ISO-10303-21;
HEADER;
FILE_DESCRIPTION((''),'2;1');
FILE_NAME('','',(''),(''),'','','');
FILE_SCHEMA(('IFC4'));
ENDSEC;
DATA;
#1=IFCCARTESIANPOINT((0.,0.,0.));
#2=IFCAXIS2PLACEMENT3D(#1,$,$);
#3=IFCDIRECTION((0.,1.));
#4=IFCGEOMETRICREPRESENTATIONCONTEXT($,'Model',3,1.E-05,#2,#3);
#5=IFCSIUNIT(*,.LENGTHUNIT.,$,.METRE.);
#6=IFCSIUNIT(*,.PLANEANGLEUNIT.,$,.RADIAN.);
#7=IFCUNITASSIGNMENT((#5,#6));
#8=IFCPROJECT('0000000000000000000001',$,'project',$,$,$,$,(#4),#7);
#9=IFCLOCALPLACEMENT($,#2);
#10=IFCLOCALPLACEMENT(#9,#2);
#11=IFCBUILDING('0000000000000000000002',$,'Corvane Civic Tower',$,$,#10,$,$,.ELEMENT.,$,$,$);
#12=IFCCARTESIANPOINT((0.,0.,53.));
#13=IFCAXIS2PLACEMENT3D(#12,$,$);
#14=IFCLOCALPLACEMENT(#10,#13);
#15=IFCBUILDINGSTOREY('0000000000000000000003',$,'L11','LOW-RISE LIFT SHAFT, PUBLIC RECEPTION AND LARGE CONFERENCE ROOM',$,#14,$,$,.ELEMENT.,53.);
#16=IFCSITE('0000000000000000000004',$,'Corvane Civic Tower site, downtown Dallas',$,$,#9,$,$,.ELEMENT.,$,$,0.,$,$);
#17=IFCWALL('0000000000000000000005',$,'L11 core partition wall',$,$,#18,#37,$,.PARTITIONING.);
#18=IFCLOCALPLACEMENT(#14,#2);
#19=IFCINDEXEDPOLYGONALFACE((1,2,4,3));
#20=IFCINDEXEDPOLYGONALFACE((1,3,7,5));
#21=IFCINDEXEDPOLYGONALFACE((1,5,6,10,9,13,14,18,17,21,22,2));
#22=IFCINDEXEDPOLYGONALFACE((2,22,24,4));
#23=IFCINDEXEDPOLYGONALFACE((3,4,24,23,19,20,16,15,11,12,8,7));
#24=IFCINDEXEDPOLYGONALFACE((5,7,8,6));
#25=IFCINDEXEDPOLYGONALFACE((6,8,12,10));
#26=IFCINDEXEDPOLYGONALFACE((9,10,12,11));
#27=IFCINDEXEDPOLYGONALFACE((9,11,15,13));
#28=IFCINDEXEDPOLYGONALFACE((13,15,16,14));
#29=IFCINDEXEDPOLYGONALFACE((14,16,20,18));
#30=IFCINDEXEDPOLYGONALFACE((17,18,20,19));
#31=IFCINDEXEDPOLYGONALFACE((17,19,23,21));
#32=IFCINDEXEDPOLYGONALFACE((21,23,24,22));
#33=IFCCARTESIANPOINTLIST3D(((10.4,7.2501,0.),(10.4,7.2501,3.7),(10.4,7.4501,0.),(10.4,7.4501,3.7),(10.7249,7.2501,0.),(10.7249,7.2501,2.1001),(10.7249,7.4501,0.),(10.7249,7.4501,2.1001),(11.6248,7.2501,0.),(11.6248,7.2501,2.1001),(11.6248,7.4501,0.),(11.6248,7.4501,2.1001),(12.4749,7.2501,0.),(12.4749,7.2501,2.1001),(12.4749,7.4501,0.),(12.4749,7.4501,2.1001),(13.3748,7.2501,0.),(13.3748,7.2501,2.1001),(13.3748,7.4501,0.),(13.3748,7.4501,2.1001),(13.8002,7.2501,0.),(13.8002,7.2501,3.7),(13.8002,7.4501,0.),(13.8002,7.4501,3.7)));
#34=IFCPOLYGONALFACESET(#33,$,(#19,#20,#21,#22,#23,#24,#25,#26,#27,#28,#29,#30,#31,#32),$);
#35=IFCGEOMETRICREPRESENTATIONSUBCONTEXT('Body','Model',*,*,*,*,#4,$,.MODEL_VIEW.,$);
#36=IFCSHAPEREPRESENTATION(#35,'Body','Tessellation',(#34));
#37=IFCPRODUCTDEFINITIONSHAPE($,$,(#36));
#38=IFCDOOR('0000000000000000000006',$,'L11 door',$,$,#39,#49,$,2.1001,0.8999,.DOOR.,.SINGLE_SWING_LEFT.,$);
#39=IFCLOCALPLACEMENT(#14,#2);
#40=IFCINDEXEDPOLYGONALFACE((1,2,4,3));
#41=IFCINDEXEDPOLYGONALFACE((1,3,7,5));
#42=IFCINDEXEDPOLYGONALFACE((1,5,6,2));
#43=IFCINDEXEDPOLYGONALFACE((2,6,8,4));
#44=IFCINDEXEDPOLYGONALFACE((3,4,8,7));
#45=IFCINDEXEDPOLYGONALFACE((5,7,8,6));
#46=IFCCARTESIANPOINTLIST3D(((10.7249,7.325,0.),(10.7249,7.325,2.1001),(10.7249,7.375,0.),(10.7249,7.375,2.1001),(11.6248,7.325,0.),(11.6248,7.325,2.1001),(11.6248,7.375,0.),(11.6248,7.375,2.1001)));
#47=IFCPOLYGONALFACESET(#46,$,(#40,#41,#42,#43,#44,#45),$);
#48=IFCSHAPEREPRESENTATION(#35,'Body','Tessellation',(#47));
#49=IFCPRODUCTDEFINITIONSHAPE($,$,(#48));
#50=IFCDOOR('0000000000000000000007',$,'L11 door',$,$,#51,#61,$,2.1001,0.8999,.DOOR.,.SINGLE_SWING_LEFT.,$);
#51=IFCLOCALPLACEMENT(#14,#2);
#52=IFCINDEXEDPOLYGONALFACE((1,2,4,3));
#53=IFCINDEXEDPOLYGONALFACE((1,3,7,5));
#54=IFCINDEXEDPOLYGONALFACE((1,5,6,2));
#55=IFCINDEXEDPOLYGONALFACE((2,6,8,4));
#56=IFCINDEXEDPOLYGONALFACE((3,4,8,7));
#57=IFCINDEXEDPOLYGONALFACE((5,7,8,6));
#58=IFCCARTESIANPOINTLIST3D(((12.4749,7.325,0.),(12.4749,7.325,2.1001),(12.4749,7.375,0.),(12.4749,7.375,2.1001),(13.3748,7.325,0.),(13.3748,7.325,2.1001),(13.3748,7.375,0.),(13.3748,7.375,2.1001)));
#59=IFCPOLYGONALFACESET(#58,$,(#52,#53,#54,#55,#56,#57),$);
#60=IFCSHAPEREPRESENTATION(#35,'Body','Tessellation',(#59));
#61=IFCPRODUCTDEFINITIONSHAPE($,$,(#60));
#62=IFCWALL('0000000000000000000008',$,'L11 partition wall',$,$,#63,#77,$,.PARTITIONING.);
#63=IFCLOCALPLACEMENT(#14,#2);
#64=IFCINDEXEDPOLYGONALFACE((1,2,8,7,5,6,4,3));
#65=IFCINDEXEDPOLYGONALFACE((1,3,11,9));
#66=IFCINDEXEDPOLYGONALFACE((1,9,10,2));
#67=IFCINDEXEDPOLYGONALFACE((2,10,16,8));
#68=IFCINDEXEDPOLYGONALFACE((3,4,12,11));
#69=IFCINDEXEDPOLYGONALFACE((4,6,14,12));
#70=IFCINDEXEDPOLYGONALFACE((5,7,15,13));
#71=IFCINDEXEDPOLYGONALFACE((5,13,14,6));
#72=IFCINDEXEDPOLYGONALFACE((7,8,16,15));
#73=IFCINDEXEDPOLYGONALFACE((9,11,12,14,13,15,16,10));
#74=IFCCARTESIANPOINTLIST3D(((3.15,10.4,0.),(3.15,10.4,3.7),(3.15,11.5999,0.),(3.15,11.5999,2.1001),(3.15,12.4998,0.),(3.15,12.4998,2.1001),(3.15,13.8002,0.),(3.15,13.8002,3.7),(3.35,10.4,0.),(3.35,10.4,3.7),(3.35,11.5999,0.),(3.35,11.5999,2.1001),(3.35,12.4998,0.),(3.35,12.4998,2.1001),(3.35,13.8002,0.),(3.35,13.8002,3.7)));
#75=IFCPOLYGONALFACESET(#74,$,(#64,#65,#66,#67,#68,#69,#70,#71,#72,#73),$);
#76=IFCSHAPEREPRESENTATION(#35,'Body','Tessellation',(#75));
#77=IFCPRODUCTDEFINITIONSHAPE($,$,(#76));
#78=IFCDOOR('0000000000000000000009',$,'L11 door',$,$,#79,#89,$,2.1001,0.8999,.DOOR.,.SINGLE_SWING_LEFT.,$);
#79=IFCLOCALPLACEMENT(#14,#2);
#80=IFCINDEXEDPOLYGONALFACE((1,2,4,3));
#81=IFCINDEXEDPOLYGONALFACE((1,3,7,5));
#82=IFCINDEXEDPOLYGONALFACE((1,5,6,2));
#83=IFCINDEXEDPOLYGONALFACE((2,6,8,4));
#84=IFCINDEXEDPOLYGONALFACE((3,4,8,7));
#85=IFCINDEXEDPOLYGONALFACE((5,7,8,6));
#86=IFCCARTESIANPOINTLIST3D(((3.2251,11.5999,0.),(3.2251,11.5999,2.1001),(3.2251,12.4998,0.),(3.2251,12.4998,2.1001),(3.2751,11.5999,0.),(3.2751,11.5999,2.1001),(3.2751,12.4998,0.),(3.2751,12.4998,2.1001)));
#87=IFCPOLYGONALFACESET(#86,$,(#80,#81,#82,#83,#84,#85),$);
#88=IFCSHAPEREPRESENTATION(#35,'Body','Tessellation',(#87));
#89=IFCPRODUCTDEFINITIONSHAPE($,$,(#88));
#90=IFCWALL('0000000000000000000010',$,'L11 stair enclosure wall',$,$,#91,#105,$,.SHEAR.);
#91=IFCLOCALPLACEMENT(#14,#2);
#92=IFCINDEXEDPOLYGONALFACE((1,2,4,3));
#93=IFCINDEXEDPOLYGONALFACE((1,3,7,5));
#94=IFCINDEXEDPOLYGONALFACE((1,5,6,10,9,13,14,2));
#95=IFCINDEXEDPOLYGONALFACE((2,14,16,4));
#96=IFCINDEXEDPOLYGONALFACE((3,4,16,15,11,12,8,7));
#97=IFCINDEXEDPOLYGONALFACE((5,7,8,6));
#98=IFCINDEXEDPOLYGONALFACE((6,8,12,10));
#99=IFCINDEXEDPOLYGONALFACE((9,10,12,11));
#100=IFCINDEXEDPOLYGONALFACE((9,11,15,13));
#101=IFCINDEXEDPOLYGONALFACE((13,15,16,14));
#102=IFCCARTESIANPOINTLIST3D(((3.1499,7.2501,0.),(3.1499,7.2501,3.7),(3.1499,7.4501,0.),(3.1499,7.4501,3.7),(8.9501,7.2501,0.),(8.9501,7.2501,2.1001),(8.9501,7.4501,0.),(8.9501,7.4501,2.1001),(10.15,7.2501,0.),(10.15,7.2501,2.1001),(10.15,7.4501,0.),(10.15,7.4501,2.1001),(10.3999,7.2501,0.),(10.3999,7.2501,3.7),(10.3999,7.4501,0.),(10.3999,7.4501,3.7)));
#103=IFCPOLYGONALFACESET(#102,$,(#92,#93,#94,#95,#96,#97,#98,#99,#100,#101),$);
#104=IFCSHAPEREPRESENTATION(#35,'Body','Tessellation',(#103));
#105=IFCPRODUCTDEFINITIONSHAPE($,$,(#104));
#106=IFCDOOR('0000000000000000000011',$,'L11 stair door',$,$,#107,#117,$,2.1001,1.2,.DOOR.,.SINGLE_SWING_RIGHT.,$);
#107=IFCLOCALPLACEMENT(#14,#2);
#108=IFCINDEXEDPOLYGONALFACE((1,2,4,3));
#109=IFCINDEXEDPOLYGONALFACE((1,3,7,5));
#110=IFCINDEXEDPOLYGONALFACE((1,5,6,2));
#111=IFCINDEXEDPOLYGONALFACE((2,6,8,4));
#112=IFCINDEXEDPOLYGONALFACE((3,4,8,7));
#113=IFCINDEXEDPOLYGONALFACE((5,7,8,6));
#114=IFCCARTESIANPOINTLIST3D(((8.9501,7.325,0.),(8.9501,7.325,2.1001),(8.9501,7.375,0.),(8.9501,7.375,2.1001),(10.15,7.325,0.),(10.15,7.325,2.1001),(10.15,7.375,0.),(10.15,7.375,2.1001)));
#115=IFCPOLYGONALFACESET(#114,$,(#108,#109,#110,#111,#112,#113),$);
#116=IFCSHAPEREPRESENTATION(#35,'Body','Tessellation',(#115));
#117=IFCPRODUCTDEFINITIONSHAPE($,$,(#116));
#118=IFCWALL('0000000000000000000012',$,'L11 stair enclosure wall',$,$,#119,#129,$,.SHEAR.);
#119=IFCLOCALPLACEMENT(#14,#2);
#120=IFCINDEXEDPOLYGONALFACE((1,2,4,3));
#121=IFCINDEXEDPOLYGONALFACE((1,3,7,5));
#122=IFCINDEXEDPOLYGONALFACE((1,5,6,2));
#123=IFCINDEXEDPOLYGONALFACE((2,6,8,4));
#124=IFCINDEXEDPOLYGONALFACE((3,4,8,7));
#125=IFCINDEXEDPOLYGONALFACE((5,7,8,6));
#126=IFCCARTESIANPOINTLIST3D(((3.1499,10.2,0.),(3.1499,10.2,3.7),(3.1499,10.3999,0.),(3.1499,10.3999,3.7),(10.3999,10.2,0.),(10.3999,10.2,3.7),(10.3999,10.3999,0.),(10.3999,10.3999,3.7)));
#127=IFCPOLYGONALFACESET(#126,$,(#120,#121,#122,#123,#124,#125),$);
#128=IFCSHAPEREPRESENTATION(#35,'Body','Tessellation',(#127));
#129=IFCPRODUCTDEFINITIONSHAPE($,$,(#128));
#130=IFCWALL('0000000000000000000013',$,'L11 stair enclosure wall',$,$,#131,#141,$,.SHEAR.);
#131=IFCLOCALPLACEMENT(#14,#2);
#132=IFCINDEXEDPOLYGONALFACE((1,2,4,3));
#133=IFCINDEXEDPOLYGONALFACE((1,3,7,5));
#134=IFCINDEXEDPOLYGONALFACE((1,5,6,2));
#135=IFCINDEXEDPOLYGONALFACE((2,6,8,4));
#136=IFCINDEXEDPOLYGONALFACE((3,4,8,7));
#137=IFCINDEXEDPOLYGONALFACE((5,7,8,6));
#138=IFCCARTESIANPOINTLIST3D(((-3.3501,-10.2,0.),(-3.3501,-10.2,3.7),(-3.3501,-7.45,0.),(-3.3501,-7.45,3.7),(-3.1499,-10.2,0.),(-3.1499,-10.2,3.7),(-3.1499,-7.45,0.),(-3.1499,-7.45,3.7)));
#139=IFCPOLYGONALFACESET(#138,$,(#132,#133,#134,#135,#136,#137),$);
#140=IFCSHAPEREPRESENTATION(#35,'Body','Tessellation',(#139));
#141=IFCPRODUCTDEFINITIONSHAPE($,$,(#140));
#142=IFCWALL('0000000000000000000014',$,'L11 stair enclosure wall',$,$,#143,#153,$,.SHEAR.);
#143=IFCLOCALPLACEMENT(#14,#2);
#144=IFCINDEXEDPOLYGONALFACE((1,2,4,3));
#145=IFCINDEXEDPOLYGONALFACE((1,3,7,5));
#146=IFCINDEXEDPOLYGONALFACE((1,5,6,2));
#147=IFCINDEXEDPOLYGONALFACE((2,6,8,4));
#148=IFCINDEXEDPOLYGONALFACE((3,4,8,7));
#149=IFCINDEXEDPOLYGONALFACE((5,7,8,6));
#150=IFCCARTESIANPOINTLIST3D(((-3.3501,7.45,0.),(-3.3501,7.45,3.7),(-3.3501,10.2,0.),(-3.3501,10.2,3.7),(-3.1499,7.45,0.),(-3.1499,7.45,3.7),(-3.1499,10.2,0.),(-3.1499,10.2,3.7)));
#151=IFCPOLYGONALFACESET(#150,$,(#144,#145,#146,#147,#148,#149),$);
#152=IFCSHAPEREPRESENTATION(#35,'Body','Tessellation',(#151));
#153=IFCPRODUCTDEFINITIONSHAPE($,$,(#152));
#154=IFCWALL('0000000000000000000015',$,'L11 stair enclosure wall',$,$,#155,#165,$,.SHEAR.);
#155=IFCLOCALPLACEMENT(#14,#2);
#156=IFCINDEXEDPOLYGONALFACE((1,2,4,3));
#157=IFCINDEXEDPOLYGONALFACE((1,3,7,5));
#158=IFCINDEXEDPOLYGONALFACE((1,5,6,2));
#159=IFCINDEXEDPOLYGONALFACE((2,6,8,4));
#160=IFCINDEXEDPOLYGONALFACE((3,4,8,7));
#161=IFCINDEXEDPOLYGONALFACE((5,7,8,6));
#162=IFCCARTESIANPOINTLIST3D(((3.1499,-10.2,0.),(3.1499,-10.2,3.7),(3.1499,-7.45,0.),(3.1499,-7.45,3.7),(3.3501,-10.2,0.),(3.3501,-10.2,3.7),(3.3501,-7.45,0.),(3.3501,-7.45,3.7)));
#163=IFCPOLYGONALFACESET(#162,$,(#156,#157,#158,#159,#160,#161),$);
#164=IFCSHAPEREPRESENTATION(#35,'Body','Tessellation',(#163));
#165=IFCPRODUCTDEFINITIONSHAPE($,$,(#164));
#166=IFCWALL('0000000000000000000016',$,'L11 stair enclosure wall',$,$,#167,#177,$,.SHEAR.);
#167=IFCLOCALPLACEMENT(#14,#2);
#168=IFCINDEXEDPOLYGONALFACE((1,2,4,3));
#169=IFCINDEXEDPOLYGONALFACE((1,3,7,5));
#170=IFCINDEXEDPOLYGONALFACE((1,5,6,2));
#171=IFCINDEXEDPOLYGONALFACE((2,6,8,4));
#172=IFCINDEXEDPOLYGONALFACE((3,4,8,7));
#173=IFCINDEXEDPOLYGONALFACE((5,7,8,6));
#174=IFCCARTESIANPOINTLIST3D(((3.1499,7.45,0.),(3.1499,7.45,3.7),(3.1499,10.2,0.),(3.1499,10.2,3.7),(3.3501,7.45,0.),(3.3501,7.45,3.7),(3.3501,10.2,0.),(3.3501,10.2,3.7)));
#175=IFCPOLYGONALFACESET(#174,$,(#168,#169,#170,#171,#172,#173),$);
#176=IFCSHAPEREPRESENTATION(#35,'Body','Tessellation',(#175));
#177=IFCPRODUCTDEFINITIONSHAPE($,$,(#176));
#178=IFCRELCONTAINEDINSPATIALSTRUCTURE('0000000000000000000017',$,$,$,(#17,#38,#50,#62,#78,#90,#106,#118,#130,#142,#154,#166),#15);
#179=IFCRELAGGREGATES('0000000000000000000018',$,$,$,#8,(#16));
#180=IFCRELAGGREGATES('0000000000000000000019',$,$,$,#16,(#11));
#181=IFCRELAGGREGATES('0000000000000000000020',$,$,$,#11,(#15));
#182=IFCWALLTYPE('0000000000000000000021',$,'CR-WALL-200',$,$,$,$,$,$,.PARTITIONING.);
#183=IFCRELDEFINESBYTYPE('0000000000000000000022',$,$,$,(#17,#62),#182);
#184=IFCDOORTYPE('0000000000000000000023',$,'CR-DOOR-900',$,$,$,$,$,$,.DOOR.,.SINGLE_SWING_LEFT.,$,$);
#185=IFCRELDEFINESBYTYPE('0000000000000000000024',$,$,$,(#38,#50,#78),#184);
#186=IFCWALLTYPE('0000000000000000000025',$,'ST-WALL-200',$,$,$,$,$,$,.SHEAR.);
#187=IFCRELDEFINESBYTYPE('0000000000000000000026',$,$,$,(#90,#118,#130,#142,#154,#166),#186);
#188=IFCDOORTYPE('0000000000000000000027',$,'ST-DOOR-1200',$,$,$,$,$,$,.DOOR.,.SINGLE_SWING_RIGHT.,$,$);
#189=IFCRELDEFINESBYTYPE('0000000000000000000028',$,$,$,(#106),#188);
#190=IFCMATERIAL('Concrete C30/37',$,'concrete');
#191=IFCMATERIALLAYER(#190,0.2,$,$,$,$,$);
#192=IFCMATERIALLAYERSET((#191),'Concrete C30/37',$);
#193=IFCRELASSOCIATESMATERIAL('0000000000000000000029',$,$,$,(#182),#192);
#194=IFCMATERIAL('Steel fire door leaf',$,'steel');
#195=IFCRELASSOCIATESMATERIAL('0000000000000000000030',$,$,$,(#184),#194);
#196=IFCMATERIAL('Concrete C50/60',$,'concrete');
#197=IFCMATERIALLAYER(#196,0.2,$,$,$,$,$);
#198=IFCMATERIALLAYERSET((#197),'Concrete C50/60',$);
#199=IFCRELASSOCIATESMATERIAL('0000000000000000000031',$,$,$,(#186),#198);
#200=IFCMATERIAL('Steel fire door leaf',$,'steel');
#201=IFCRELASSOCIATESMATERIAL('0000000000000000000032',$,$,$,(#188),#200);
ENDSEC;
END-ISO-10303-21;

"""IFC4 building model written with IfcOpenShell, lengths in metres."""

from ifc_helpers import new_model, si_unit, direction, frame, frame_2d, origin, place, context, subcontext, project, spatial, polyline, rectangle, outline, extrude, material, layer, layer_set, type_object, element, fill, save


model = new_model("IFC4")

# Units and contexts
model_context = context("Model", 3, precision=1e-05, world=origin(), true_north=direction((0.0, 1.0)))
body_context = subcontext(model_context, "Body", "Model", "MODEL_VIEW")
ifc_project = project(units=[si_unit("LENGTHUNIT", "METRE"), si_unit("PLANEANGLEUNIT", "RADIAN")], contexts=[model_context])

# Site, building, storey
site_placement = place(None, origin())
site = spatial("IfcSite", under=ifc_project, at=site_placement, Name="Corvane Civic Tower site, downtown Dallas", CompositionType="ELEMENT", RefElevation=0.0)
building_placement = place(site_placement, origin())
building = spatial("IfcBuilding", under=site, at=building_placement, Name="Corvane Civic Tower", CompositionType="ELEMENT")
storey_placement = place(building_placement, frame((0.0, 0.0, 53.0)))
storey = spatial("IfcBuildingStorey", under=building, at=storey_placement, Name="L11", Description="LOW-RISE LIFT SHAFT, PUBLIC RECEPTION AND LARGE CONFERENCE ROOM", CompositionType="ELEMENT", Elevation=53.0)

# Wall, openings, doors
ifc_material_1 = material(Name="Concrete C30/37", Category="concrete")
ifc_layer_1 = layer(ifc_material_1, 0.2)
ifc_layer_set_1 = layer_set([ifc_layer_1], Name="Concrete C30/37")
wall_type_1 = type_object("IfcWallType", Name="CR-WALL-200", PredefinedType="PARTITIONING", material=ifc_layer_set_1)
wall_1_placement = place(storey_placement, frame((10.3999, 7.3501, 0.0), z_axis=(0.0, 0.0, 1.0), x_axis=(1.0, 0.0, 0.0)))
wall_1 = element("IfcWall", 1, at=wall_1_placement, inside=storey, type_object=wall_type_1, Name="L11 core partition wall", PredefinedType="PARTITIONING", context=body_context, shape_type="SweptSolid", body=[
    extrude(rectangle(XDim=3.4001, YDim=0.2, at=frame_2d((1.7002, 0.0))), origin(), (0.0, 0.0, 1.0), 3.7),
])
opening_1_placement = place(wall_1_placement, frame((0.325, 0.0, 0.0)))
opening_1 = element("IfcOpeningElement", 2, at=opening_1_placement, cuts=wall_1, PredefinedType="OPENING", context=body_context, shape_type="SweptSolid", body=[
    extrude(rectangle(XDim=0.8999, YDim=2.1001, at=frame_2d((0.45, 1.05))), frame((0.0, 0.1099, 0.0), z_axis=(0.0, -1.0, 0.0), x_axis=(1.0, 0.0, 0.0)), (0.0, 0.0, 1.0), 0.22),
])
opening_2_placement = place(wall_1_placement, frame((2.075, 0.0, 0.0)))
opening_2 = element("IfcOpeningElement", 3, at=opening_2_placement, cuts=wall_1, PredefinedType="OPENING", context=body_context, shape_type="SweptSolid", body=[
    extrude(rectangle(XDim=0.8999, YDim=2.1001, at=frame_2d((0.45, 1.05))), frame((0.0, 0.1099, 0.0), z_axis=(0.0, -1.0, 0.0), x_axis=(1.0, 0.0, 0.0)), (0.0, 0.0, 1.0), 0.22),
])
ifc_material_2 = material(Name="Steel fire door leaf", Category="steel")
door_type_1 = type_object("IfcDoorType", Name="CR-DOOR-900", OperationType="SINGLE_SWING_LEFT", PredefinedType="DOOR", material=ifc_material_2)
door_1_placement = place(opening_1_placement, origin())
door_1 = element("IfcDoor", 4, at=door_1_placement, inside=storey, type_object=door_type_1, Name="L11 door", OperationType="SINGLE_SWING_LEFT", OverallHeight=2.1001, OverallWidth=0.8999, PredefinedType="DOOR", context=body_context, shape_type="SweptSolid", body=[
    extrude(rectangle(XDim=0.8999, YDim=2.1001, at=frame_2d((0.45, 1.05))), frame((0.0, 0.0249, 0.0), z_axis=(0.0, -1.0, 0.0), x_axis=(1.0, 0.0, 0.0)), (0.0, 0.0, 1.0), 0.05),
])
fill(opening_1, door_1)
door_2_placement = place(opening_2_placement, origin())
door_2 = element("IfcDoor", 5, at=door_2_placement, inside=storey, type_object=door_type_1, Name="L11 door", OperationType="SINGLE_SWING_LEFT", OverallHeight=2.1001, OverallWidth=0.8999, PredefinedType="DOOR", context=body_context, shape_type="SweptSolid", body=[
    extrude(rectangle(XDim=0.8999, YDim=2.1001, at=frame_2d((0.45, 1.05))), frame((0.0, 0.0249, 0.0), z_axis=(0.0, -1.0, 0.0), x_axis=(1.0, 0.0, 0.0)), (0.0, 0.0, 1.0), 0.05),
])
fill(opening_2, door_2)

# Walls, openings, doors
wall_2_placement = place(storey_placement, frame((3.25, 10.3999, 0.0), z_axis=(0.0, 0.0, 1.0), x_axis=(0.0, 1.0, 0.0)))
wall_2 = element("IfcWall", 6, at=wall_2_placement, inside=storey, type_object=wall_type_1, Name="L11 partition wall", PredefinedType="PARTITIONING", context=body_context, shape_type="SweptSolid", body=[
    extrude(rectangle(XDim=3.4001, YDim=0.2, at=frame_2d((1.7002, 0.0))), origin(), (0.0, 0.0, 1.0), 3.7),
])
opening_3_placement = place(wall_2_placement, frame((1.2, 0.0, 0.0)))
opening_3 = element("IfcOpeningElement", 7, at=opening_3_placement, cuts=wall_2, PredefinedType="OPENING", context=body_context, shape_type="SweptSolid", body=[
    extrude(rectangle(XDim=0.8999, YDim=2.1001, at=frame_2d((0.45, 1.05))), frame((0.0, 0.1099, 0.0), z_axis=(0.0, -1.0, 0.0), x_axis=(1.0, 0.0, 0.0)), (0.0, 0.0, 1.0), 0.22),
])
door_3_placement = place(opening_3_placement, origin())
door_3 = element("IfcDoor", 8, at=door_3_placement, inside=storey, type_object=door_type_1, Name="L11 door", OperationType="SINGLE_SWING_LEFT", OverallHeight=2.1001, OverallWidth=0.8999, PredefinedType="DOOR", context=body_context, shape_type="SweptSolid", body=[
    extrude(rectangle(XDim=0.8999, YDim=2.1001, at=frame_2d((0.45, 1.05))), frame((0.0, 0.0249, 0.0), z_axis=(0.0, -1.0, 0.0), x_axis=(1.0, 0.0, 0.0)), (0.0, 0.0, 1.0), 0.05),
])
fill(opening_3, door_3)
ifc_material_3 = material(Name="Concrete C50/60", Category="concrete")
ifc_layer_2 = layer(ifc_material_3, 0.2)
ifc_layer_set_2 = layer_set([ifc_layer_2], Name="Concrete C50/60")
wall_type_2 = type_object("IfcWallType", Name="ST-WALL-200", PredefinedType="SHEAR", material=ifc_layer_set_2)
wall_3_placement = place(storey_placement, frame((3.1499, 7.3501, 0.0), z_axis=(0.0, 0.0, 1.0), x_axis=(1.0, 0.0, 0.0)))
wall_3 = element("IfcWall", 9, at=wall_3_placement, inside=storey, type_object=wall_type_2, Name="L11 stair enclosure wall", PredefinedType="SHEAR", context=body_context, shape_type="SweptSolid", body=[
    extrude(rectangle(XDim=7.25, YDim=0.2, at=frame_2d((3.625, 0.0))), origin(), (0.0, 0.0, 1.0), 3.7),
])
opening_4_placement = place(wall_3_placement, frame((5.8, 0.0, 0.0)))
opening_4 = element("IfcOpeningElement", 10, at=opening_4_placement, cuts=wall_3, PredefinedType="OPENING", context=body_context, shape_type="SweptSolid", body=[
    extrude(rectangle(XDim=1.2, YDim=2.1001, at=frame_2d((0.6001, 1.05))), frame((0.0, 0.1099, 0.0), z_axis=(0.0, -1.0, 0.0), x_axis=(1.0, 0.0, 0.0)), (0.0, 0.0, 1.0), 0.22),
])
ifc_material_4 = material(Name="Steel fire door leaf", Category="steel")
door_type_2 = type_object("IfcDoorType", Name="ST-DOOR-1200", OperationType="SINGLE_SWING_RIGHT", PredefinedType="DOOR", material=ifc_material_4)
door_4_placement = place(opening_4_placement, origin())
door_4 = element("IfcDoor", 11, at=door_4_placement, inside=storey, type_object=door_type_2, Name="L11 stair door", OperationType="SINGLE_SWING_RIGHT", OverallHeight=2.1001, OverallWidth=1.2, PredefinedType="DOOR", context=body_context, shape_type="SweptSolid", body=[
    extrude(rectangle(XDim=1.2, YDim=2.1001, at=frame_2d((0.6001, 1.05))), frame((0.0, 0.0249, 0.0), z_axis=(0.0, -1.0, 0.0), x_axis=(1.0, 0.0, 0.0)), (0.0, 0.0, 1.0), 0.05),
])
fill(opening_4, door_4)

# Walls
wall_4_placement = place(storey_placement, origin())
element("IfcWall", 12, at=wall_4_placement, inside=storey, type_object=wall_type_2, Name="L11 stair enclosure wall", PredefinedType="SHEAR", context=body_context, shape_type="SweptSolid", body=[
    extrude(outline(polyline([(10.3999, 10.2), (3.1499, 10.2), (3.1499, 10.3999), (10.3999, 10.3999), (10.3999, 10.2)])), origin(), (0.0, 0.0, 1.0), 3.7),
])
wall_5_placement = place(storey_placement, origin())
element("IfcWall", 13, at=wall_5_placement, inside=storey, type_object=wall_type_2, Name="L11 stair enclosure wall", PredefinedType="SHEAR", context=body_context, shape_type="SweptSolid", body=[
    extrude(outline(polyline([(-3.1499, -7.45), (-3.1499, -10.2), (-3.3501, -10.2), (-3.3501, -7.45), (-3.1499, -7.45)])), origin(), (0.0, 0.0, 1.0), 3.7),
])
wall_6_placement = place(storey_placement, origin())
element("IfcWall", 14, at=wall_6_placement, inside=storey, type_object=wall_type_2, Name="L11 stair enclosure wall", PredefinedType="SHEAR", context=body_context, shape_type="SweptSolid", body=[
    extrude(outline(polyline([(-3.1499, 7.45), (-3.3501, 7.45), (-3.3501, 10.2), (-3.1499, 10.2), (-3.1499, 7.45)])), origin(), (0.0, 0.0, 1.0), 3.7),
])
wall_7_placement = place(storey_placement, origin())
element("IfcWall", 15, at=wall_7_placement, inside=storey, type_object=wall_type_2, Name="L11 stair enclosure wall", PredefinedType="SHEAR", context=body_context, shape_type="SweptSolid", body=[
    extrude(outline(polyline([(3.3501, -7.45), (3.3501, -10.2), (3.1499, -10.2), (3.1499, -7.45), (3.3501, -7.45)])), origin(), (0.0, 0.0, 1.0), 3.7),
])
wall_8_placement = place(storey_placement, origin())
element("IfcWall", 16, at=wall_8_placement, inside=storey, type_object=wall_type_2, Name="L11 stair enclosure wall", PredefinedType="SHEAR", context=body_context, shape_type="SweptSolid", body=[
    extrude(outline(polyline([(3.3501, 7.45), (3.1499, 7.45), (3.1499, 10.2), (3.3501, 10.2), (3.3501, 7.45)])), origin(), (0.0, 0.0, 1.0), 3.7),
])

save(model, "model.ifc")
